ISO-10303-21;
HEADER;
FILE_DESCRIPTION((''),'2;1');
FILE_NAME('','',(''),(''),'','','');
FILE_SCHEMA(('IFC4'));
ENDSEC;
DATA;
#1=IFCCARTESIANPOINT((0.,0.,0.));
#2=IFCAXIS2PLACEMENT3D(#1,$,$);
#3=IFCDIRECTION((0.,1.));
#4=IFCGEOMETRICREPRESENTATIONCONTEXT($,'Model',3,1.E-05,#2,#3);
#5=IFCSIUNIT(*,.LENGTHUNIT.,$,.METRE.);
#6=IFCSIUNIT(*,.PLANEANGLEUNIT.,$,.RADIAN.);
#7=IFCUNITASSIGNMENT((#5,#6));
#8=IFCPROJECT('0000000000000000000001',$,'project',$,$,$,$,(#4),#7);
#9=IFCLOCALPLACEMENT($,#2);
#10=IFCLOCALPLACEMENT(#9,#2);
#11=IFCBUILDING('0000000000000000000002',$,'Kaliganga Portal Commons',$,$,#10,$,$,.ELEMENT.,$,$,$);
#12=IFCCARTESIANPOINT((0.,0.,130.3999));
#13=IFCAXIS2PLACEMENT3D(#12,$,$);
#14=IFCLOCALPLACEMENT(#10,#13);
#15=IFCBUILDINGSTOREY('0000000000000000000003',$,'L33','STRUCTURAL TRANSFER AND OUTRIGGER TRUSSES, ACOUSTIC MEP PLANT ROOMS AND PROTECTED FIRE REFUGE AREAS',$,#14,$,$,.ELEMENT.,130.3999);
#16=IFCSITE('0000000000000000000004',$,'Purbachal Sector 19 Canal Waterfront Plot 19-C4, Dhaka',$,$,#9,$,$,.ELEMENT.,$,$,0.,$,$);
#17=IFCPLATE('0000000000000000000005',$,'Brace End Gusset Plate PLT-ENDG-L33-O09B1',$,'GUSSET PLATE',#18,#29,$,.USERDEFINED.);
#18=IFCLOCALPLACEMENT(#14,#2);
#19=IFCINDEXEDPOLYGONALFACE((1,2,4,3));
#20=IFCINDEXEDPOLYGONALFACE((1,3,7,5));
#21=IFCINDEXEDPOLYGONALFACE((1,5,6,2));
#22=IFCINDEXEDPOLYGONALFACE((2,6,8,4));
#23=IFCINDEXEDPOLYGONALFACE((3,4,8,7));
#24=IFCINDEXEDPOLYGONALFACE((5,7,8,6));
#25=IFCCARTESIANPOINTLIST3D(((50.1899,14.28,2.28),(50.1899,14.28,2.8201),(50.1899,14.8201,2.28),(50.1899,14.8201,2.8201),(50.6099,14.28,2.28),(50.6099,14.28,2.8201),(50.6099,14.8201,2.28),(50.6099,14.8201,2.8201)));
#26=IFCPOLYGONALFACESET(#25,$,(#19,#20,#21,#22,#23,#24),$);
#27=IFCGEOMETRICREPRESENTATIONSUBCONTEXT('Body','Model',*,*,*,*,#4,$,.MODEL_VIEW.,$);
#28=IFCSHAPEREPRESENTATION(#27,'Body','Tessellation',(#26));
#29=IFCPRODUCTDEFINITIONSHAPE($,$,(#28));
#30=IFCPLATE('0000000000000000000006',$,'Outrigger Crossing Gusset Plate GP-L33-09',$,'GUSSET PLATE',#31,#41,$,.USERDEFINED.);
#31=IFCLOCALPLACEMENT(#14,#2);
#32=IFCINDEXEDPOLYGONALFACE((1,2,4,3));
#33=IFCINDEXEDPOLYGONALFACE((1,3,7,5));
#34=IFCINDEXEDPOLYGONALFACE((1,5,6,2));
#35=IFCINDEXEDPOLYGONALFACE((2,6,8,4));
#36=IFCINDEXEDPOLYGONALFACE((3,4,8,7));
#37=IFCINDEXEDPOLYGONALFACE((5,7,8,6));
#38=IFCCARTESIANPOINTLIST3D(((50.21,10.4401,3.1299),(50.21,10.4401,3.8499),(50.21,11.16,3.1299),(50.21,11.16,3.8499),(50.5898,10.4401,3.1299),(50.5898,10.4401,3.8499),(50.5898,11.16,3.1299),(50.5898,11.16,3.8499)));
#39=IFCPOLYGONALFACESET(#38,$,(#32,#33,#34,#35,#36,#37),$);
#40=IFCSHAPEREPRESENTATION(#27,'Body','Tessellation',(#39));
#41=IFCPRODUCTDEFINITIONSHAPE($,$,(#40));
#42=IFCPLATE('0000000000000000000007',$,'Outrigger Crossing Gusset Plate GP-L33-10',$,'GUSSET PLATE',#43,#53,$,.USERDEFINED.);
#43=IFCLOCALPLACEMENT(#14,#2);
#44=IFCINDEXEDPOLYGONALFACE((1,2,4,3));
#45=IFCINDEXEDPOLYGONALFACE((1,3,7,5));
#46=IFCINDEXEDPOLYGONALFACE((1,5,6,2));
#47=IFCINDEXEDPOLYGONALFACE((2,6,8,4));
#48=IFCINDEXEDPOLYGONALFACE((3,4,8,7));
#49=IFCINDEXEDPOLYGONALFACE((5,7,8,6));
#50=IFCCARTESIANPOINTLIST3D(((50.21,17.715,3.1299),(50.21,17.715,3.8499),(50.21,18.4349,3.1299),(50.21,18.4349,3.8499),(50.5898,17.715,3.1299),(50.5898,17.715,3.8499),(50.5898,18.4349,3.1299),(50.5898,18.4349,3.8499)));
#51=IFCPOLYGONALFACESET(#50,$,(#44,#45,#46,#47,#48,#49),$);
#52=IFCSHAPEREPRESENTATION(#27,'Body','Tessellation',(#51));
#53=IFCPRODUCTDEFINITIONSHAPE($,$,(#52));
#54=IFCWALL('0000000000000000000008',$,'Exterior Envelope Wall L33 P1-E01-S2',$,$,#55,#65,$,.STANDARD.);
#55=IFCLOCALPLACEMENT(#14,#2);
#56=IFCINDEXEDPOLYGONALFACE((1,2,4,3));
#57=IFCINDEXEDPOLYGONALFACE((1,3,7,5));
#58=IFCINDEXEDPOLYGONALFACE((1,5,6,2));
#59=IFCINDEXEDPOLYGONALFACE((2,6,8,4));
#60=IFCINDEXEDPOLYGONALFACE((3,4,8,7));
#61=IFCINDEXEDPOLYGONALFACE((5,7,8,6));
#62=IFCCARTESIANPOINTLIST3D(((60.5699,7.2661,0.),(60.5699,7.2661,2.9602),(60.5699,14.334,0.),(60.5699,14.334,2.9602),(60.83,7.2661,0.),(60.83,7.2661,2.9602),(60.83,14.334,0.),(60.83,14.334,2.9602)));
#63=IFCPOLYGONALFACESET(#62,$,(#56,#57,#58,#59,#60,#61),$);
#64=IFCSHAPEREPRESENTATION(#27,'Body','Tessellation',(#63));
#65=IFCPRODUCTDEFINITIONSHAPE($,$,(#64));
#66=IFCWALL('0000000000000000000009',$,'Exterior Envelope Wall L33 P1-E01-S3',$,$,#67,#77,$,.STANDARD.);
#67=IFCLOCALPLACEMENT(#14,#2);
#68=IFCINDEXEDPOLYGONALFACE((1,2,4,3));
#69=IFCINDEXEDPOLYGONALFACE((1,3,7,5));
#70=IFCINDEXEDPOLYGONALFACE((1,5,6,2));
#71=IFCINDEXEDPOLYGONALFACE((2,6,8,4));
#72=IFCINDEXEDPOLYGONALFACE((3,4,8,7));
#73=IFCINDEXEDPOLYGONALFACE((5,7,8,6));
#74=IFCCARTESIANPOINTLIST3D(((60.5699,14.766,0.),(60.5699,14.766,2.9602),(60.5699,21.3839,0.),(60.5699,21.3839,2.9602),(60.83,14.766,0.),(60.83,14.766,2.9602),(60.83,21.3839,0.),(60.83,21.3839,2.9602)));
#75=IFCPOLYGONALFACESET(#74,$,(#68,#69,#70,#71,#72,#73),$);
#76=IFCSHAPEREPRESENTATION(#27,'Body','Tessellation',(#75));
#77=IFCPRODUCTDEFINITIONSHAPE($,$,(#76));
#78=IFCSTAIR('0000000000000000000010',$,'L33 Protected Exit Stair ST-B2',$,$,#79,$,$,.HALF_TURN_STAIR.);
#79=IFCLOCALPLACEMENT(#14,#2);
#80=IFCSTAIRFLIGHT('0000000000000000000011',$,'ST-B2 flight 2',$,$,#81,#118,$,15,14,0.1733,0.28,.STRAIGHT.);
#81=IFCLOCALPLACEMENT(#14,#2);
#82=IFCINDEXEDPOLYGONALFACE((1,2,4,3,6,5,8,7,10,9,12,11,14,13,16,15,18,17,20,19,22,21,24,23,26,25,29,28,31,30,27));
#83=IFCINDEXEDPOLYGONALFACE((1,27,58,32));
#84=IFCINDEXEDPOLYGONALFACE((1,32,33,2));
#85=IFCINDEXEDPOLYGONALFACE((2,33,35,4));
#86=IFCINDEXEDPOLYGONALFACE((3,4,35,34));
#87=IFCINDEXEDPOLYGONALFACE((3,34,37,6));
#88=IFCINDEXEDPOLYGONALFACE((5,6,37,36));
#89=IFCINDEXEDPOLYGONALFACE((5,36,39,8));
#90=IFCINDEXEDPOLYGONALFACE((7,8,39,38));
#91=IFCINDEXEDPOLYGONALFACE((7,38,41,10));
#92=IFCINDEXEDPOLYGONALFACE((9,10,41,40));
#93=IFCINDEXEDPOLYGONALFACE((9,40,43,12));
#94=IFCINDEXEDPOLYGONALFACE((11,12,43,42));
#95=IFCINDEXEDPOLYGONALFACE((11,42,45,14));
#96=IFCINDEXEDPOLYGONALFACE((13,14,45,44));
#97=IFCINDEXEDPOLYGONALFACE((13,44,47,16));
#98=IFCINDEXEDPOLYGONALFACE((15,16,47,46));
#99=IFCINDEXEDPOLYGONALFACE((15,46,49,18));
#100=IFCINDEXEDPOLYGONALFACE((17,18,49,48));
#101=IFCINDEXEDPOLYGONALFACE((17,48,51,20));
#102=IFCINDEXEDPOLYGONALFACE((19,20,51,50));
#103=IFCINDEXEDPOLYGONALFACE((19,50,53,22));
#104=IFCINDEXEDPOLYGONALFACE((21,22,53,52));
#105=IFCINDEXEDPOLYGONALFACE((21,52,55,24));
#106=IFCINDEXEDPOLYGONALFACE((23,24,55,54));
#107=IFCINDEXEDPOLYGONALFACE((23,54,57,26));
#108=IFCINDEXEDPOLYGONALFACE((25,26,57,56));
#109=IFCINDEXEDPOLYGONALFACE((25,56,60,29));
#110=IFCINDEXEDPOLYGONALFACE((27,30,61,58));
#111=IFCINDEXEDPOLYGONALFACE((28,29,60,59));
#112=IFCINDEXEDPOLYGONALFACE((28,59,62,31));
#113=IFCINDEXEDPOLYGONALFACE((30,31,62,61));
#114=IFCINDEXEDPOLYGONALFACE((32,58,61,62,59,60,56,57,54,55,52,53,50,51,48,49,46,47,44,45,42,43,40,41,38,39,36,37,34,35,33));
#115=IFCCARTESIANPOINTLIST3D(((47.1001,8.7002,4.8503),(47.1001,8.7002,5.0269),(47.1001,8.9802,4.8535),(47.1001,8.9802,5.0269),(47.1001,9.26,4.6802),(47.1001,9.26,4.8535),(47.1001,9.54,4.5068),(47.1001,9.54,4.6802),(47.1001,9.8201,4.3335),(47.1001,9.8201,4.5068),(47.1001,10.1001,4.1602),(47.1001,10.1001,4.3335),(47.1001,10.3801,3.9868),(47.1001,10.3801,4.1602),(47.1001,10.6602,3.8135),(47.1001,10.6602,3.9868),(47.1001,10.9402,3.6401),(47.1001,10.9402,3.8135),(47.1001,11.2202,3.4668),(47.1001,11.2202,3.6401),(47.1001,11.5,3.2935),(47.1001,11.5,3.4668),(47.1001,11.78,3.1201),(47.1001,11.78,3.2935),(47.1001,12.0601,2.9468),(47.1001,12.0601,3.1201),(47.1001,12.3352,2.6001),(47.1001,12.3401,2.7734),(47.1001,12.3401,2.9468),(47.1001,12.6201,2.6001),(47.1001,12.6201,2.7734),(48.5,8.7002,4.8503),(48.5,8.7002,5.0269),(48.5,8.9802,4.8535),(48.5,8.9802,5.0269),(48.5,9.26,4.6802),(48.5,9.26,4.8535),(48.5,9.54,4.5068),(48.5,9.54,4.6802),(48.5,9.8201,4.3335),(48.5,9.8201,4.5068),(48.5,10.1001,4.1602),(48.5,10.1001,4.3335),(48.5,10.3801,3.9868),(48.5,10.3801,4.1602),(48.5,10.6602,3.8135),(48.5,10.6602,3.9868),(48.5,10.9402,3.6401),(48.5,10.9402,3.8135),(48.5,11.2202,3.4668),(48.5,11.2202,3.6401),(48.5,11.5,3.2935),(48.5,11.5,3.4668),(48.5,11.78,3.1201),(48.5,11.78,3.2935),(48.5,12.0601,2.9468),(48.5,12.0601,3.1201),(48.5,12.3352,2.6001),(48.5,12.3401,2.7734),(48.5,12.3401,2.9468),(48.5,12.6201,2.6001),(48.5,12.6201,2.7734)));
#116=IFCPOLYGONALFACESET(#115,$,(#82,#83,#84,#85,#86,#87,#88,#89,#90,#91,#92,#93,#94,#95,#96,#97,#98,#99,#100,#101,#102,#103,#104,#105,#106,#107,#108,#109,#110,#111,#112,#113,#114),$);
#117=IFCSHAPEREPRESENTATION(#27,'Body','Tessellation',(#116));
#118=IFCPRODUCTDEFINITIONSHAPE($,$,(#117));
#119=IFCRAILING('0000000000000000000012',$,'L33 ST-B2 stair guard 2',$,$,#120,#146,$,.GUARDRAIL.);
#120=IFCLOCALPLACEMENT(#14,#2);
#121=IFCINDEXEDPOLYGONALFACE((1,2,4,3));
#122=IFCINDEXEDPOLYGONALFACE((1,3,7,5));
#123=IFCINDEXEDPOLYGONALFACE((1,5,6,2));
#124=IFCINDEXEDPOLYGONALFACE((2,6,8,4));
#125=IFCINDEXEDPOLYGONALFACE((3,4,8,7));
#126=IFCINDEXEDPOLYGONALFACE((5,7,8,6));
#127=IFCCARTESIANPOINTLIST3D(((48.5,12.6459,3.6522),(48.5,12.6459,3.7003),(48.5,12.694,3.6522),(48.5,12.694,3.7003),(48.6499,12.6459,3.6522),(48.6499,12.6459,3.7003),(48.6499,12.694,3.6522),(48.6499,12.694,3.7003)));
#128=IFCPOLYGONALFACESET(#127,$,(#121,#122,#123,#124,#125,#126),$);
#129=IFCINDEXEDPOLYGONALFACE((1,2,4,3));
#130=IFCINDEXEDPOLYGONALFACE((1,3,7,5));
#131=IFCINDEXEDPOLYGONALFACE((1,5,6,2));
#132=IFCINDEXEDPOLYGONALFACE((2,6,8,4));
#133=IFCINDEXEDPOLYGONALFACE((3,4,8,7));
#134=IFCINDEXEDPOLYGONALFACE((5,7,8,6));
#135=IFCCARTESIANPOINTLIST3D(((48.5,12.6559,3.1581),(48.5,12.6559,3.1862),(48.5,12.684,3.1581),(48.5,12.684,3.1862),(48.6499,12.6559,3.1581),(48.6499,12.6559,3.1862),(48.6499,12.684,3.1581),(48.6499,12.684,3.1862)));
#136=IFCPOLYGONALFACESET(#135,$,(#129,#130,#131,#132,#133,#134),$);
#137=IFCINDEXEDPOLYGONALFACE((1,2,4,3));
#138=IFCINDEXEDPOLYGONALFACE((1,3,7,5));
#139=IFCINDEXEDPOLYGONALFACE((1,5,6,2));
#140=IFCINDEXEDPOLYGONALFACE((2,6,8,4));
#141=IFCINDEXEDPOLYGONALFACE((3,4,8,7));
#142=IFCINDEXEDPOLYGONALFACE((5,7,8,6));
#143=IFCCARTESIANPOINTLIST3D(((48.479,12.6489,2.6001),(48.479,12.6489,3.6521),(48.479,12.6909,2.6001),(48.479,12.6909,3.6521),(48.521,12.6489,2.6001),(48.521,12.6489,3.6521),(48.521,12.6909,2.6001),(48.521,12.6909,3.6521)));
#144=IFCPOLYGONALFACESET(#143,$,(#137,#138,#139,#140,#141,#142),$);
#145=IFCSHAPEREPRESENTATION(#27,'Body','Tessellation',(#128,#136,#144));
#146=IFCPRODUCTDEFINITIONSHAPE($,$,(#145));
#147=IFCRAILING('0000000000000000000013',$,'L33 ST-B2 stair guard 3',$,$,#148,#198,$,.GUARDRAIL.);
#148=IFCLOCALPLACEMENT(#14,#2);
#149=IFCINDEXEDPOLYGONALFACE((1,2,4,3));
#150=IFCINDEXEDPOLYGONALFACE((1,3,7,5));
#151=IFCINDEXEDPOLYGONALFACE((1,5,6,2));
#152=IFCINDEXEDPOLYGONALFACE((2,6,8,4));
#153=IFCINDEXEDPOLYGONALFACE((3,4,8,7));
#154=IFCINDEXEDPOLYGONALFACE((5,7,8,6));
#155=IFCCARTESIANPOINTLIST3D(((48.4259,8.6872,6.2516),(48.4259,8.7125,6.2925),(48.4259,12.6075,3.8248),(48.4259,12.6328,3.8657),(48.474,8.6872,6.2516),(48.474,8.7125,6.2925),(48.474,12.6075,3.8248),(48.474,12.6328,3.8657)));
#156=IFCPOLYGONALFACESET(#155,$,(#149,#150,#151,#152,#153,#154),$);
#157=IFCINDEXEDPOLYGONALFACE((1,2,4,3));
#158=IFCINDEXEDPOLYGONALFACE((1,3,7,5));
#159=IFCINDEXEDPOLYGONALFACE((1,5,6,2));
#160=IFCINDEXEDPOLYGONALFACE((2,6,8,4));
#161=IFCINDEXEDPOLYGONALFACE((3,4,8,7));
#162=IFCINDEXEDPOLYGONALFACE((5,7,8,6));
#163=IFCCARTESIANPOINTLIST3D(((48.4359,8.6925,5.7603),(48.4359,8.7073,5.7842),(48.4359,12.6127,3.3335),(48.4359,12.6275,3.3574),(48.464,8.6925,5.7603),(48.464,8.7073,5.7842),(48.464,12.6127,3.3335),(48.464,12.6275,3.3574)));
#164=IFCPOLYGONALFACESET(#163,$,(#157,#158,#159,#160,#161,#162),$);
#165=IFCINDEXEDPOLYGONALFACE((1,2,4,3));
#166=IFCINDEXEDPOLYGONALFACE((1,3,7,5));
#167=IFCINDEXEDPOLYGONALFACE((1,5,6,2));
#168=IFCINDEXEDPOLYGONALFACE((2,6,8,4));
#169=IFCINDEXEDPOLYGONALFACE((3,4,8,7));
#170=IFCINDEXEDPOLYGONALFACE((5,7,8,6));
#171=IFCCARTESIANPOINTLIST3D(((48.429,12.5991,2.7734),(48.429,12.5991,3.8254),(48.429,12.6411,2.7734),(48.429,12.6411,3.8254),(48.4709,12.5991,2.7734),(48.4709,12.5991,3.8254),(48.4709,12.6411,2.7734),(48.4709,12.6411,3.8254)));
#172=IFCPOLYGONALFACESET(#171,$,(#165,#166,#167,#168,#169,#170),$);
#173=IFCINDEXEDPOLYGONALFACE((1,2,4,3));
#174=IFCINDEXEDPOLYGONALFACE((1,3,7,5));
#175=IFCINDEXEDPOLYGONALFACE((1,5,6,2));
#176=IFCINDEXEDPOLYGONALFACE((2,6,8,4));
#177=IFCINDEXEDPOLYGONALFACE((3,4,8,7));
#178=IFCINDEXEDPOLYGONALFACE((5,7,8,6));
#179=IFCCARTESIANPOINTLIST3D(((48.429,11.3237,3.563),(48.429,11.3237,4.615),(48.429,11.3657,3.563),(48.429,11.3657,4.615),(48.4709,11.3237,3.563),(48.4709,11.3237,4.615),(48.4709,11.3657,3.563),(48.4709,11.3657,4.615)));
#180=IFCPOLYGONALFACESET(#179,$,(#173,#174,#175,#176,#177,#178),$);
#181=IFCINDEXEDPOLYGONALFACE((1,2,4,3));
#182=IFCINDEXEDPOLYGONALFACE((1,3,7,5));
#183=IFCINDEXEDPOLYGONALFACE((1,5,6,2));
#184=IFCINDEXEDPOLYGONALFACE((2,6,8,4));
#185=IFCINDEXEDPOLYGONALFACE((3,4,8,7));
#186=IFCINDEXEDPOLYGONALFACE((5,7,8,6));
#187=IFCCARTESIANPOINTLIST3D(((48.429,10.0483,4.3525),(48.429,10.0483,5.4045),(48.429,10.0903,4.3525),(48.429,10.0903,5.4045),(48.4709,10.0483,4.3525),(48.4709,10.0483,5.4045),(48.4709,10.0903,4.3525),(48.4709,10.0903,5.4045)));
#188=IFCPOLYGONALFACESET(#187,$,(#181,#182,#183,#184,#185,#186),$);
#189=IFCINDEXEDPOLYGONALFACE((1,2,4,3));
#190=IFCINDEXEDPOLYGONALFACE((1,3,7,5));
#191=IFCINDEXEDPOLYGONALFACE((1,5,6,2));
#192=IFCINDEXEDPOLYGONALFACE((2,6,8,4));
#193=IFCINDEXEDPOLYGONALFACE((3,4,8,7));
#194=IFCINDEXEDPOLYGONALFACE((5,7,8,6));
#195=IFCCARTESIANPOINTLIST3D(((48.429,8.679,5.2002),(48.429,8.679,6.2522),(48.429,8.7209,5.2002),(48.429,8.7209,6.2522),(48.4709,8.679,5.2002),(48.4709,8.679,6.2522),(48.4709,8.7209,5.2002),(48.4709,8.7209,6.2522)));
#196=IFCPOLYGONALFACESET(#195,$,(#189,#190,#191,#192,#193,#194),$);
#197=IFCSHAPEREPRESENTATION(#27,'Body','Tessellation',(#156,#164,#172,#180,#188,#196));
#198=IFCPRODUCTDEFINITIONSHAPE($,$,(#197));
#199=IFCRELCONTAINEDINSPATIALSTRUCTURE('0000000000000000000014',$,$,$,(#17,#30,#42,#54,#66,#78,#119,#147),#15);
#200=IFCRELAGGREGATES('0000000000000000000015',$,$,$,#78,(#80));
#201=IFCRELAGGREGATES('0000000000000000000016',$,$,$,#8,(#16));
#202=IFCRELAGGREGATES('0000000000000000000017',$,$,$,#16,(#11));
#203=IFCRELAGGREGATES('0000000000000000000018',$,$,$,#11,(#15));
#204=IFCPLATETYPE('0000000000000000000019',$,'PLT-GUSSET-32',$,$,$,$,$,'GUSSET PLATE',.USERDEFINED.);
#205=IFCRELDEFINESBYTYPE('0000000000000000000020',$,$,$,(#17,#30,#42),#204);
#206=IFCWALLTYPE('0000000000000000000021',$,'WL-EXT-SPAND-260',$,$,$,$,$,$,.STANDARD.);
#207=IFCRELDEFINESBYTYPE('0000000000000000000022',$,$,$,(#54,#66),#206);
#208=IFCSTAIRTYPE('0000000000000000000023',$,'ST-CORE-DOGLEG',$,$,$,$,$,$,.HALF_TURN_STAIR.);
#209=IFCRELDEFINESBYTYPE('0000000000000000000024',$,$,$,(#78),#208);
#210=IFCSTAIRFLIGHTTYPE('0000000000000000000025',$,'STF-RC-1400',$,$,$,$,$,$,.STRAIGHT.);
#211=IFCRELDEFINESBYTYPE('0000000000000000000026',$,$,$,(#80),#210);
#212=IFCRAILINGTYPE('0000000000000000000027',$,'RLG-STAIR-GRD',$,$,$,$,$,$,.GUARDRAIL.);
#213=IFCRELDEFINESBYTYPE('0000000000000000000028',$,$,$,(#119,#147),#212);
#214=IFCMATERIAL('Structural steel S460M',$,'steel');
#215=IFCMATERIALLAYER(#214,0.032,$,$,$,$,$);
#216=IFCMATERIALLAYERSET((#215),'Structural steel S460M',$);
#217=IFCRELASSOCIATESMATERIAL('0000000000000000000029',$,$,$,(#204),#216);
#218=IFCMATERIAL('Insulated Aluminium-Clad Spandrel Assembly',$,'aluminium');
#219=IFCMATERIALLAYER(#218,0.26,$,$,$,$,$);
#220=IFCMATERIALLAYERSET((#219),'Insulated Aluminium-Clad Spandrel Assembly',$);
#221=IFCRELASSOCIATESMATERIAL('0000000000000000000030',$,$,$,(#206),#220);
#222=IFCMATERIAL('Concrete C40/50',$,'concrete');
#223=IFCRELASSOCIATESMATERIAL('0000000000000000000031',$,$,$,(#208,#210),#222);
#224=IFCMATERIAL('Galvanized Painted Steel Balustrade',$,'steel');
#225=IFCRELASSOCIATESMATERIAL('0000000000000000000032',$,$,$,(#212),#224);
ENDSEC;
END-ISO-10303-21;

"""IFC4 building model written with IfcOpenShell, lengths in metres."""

from ifc_helpers import new_model, si_unit, direction, frame, frame_2d, origin, origin_2d, place, context, subcontext, project, spatial, polyline, rectangle, outline, extrude, source, transform, mapped, material, layer, layer_set, type_object, element, aggregate, save


model = new_model("IFC4")

# Units and contexts
model_context = context("Model", 3, precision=1e-05, world=origin(), true_north=direction((0.0, 1.0)))
body_context = subcontext(model_context, "Body", "Model", "MODEL_VIEW")
ifc_project = project(units=[si_unit("LENGTHUNIT", "METRE"), si_unit("PLANEANGLEUNIT", "RADIAN")], contexts=[model_context])

# Site, building, storey
site_placement = place(None, origin())
site = spatial("IfcSite", under=ifc_project, at=site_placement, Name="Purbachal Sector 19 Canal Waterfront Plot 19-C4, Dhaka", CompositionType="ELEMENT", RefElevation=0.0)
building_placement = place(site_placement, origin())
building = spatial("IfcBuilding", under=site, at=building_placement, Name="Kaliganga Portal Commons", CompositionType="ELEMENT")
storey_placement = place(building_placement, frame((0.0, 0.0, 130.3999)))
storey = spatial("IfcBuildingStorey", under=building, at=storey_placement, Name="L33", Description="STRUCTURAL TRANSFER AND OUTRIGGER TRUSSES, ACOUSTIC MEP PLANT ROOMS AND PROTECTED FIRE REFUGE AREAS", CompositionType="ELEMENT", Elevation=130.3999)

# Shared definitions
ifc_material_1 = material(Name="Structural steel S460M", Category="steel")

# Plates
ifc_layer_1 = layer(ifc_material_1, 0.032)
ifc_layer_set_1 = layer_set([ifc_layer_1], Name="Structural steel S460M")
plate_type = type_object("IfcPlateType", Name="PLT-GUSSET-32", ElementType="GUSSET PLATE", PredefinedType="USERDEFINED", material=ifc_layer_set_1)
shared_shape_1 = source(origin(), body_context, "Body", "SweptSolid", [
    extrude(rectangle(XDim=0.54, YDim=0.4199, at=origin_2d()), origin(), (0.0, 0.0, 1.0), 0.54),
])
for number, where, z_axis, x_axis, name in (
    (1, (50.3999, 14.55, 2.28), (0.0, 0.0, 1.0), (0.0, 1.0, 0.0), "Brace End Gusset Plate PLT-ENDG-L33-O09B1"),
):
    element("IfcPlate", number, at=place(storey_placement, frame(where, z_axis=z_axis, x_axis=x_axis)), inside=storey, type_object=plate_type, Name=name, ObjectType="GUSSET PLATE", PredefinedType="USERDEFINED", context=body_context, shape_type="MappedRepresentation", body=[
        mapped(shared_shape_1, transform((0.0, 0.0, 0.0), x_axis=(1.0, 0.0, 0.0), y_axis=(0.0, 1.0, 0.0), z_axis=(0.0, 0.0, 1.0), scale=1.0)),
    ])
shared_shape_2 = source(origin(), body_context, "Body", "SweptSolid", [
    extrude(rectangle(XDim=0.72, YDim=0.3799, at=origin_2d()), origin(), (0.0, 0.0, 1.0), 0.72),
])
for number, where, z_axis, x_axis, name in (
    (2, (50.3999, 10.8, 3.1299), (0.0, 0.0, 1.0), (0.0, 1.0, 0.0), "Outrigger Crossing Gusset Plate GP-L33-09"),
    (3, (50.3999, 18.075, 3.1299), (0.0, 0.0, 1.0), (0.0, 1.0, 0.0), "Outrigger Crossing Gusset Plate GP-L33-10"),
):
    element("IfcPlate", number, at=place(storey_placement, frame(where, z_axis=z_axis, x_axis=x_axis)), inside=storey, type_object=plate_type, Name=name, ObjectType="GUSSET PLATE", PredefinedType="USERDEFINED", context=body_context, shape_type="MappedRepresentation", body=[
        mapped(shared_shape_2, transform((0.0, 0.0, 0.0), x_axis=(1.0, 0.0, 0.0), y_axis=(0.0, 1.0, 0.0), z_axis=(0.0, 0.0, 1.0), scale=1.0)),
    ])

# Walls
ifc_material_2 = material(Name="Insulated Aluminium-Clad Spandrel Assembly", Category="aluminium")
ifc_layer_2 = layer(ifc_material_2, 0.26)
ifc_layer_set_2 = layer_set([ifc_layer_2], Name="Insulated Aluminium-Clad Spandrel Assembly")
wall_type = type_object("IfcWallType", Name="WL-EXT-SPAND-260", PredefinedType="STANDARD", material=ifc_layer_set_2)
wall_1_placement = place(storey_placement, frame((60.7, 14.334, 0.0), z_axis=(0.0, 0.0, 1.0), x_axis=(0.0, -1.0, 0.0)))
element("IfcWall", 4, at=wall_1_placement, inside=storey, type_object=wall_type, Name="Exterior Envelope Wall L33 P1-E01-S2", PredefinedType="STANDARD", context=body_context, shape_type="SweptSolid", body=[
    extrude(rectangle(XDim=7.0679, YDim=0.26, at=frame_2d((3.5339, 0.0))), origin(), (0.0, 0.0, 1.0), 2.9602),
])
wall_2_placement = place(storey_placement, frame((60.7, 21.384, 0.0), z_axis=(0.0, 0.0, 1.0), x_axis=(0.0, -1.0, 0.0)))
element("IfcWall", 5, at=wall_2_placement, inside=storey, type_object=wall_type, Name="Exterior Envelope Wall L33 P1-E01-S3", PredefinedType="STANDARD", context=body_context, shape_type="SweptSolid", body=[
    extrude(rectangle(XDim=6.6179, YDim=0.26, at=frame_2d((3.3091, 0.0))), origin(), (0.0, 0.0, 1.0), 2.9602),
])

# Stair, stair flight
ifc_material_3 = material(Name="Concrete C40/50", Category="concrete")
stair_type = type_object("IfcStairType", Name="ST-CORE-DOGLEG", PredefinedType="HALF_TURN_STAIR", material=ifc_material_3)
stair_placement = place(storey_placement, origin())
stair = element("IfcStair", 6, at=stair_placement, inside=storey, type_object=stair_type, Name="L33 Protected Exit Stair ST-B2", PredefinedType="HALF_TURN_STAIR")
stair_flight_type = type_object("IfcStairFlightType", Name="STF-RC-1400", PredefinedType="STRAIGHT", material=ifc_material_3)
stair_flight_placement = place(storey_placement, frame((47.8, 12.6201, 2.6001), z_axis=(0.0, 0.0, 1.0), x_axis=(0.0, -1.0, 0.0)))
stair_flight = element("IfcStairFlight", 7, at=stair_flight_placement, type_object=stair_flight_type, Name="ST-B2 flight 2", NumberOfRisers=15, NumberOfTreads=14, PredefinedType="STRAIGHT", RiserHeight=0.1733, TreadLength=0.28, context=body_context, shape_type="SweptSolid", body=[
    extrude(outline(polyline([(0.0, 0.0), (0.0, 0.1733), (0.28, 0.1733), (0.28, 0.3467), (0.5601, 0.3467), (0.5601, 0.52), (0.8401, 0.52), (0.8401, 0.6934), (1.1201, 0.6934), (1.1201, 0.8667), (1.3999, 0.8667), (1.3999, 1.04), (1.6799, 1.04), (1.6799, 1.2134), (1.96, 1.2134), (1.96, 1.3867), (2.24, 1.3867), (2.24, 1.5601), (2.52, 1.5601), (2.52, 1.7334), (2.8, 1.7334), (2.8, 1.9067), (3.0801, 1.9067), (3.0801, 2.0801), (3.3601, 2.0801), (3.3601, 2.2534), (3.6399, 2.2534), (3.6399, 2.4268), (3.9199, 2.4268), (3.9199, 2.6001), (3.9199, 2.2502), (0.2849, 0.0), (0.0, 0.0)])), frame((0.0, 0.7, 0.0), z_axis=(0.0, -1.0, 0.0), x_axis=(1.0, 0.0, 0.0)), (0.0, 0.0, 1.0), 1.3999),
])
aggregate(stair, [stair_flight])

# Railings
ifc_material_4 = material(Name="Galvanized Painted Steel Balustrade", Category="steel")
railing_type_1 = type_object("IfcRailingType", Name="RLG-STAIR-GRD", PredefinedType="GUARDRAIL", material=ifc_material_4)
railing_1_placement = place(storey_placement, frame((48.6499, 12.6699, 2.6001)))
element("IfcRailing", 8, at=railing_1_placement, inside=storey, type_object=railing_type_1, Name="L33 ST-B2 stair guard 2", PredefinedType="GUARDRAIL", context=body_context, shape_type="SweptSolid", body=[
    extrude(rectangle(XDim=0.0481, YDim=0.0481, at=origin_2d()), frame((0.0, 0.0, 1.0762), z_axis=(-1.0, 0.0, 0.0), x_axis=(0.0, -1.0, 0.0)), (0.0, 0.0, 1.0), 0.1499),
    extrude(rectangle(XDim=0.0281, YDim=0.0281, at=origin_2d()), frame((0.0, 0.0, 0.572), z_axis=(-1.0, 0.0, 0.0), x_axis=(0.0, -1.0, 0.0)), (0.0, 0.0, 1.0), 0.1499),
    extrude(rectangle(XDim=0.042, YDim=0.042, at=origin_2d()), frame((-0.1499, 0.0, 0.0)), (0.0, 0.0, 1.0), 1.052),
])
railing_2_placement = place(storey_placement, frame((48.45, 12.6201, 2.7734)))
element("IfcRailing", 9, at=railing_2_placement, inside=storey, type_object=railing_type_1, Name="L33 ST-B2 stair guard 3", PredefinedType="GUARDRAIL", context=body_context, shape_type="SweptSolid", body=[
    extrude(rectangle(XDim=0.0481, YDim=0.0481, at=origin_2d()), frame((0.0, 0.0, 1.0718), z_axis=(0.0, -0.850266, 0.526353), x_axis=(1.0, 0.0, 0.0)), (0.0, 0.0, 1.0), 4.6106),
    extrude(rectangle(XDim=0.0281, YDim=0.0281, at=origin_2d()), frame((0.0, 0.0, 0.572), z_axis=(0.0, -0.850266, 0.526353), x_axis=(1.0, 0.0, 0.0)), (0.0, 0.0, 1.0), 4.6106),
    extrude(rectangle(XDim=0.042, YDim=0.042, at=origin_2d()), origin(), (0.0, 0.0, 1.0), 1.052),
    extrude(rectangle(XDim=0.042, YDim=0.042, at=origin_2d()), frame((0.0, -1.2754, 0.7896)), (0.0, 0.0, 1.0), 1.052),
    extrude(rectangle(XDim=0.042, YDim=0.042, at=origin_2d()), frame((0.0, -2.5508, 1.5791)), (0.0, 0.0, 1.0), 1.052),
    extrude(rectangle(XDim=0.042, YDim=0.042, at=origin_2d()), frame((0.0, -3.9202, 2.4268)), (0.0, 0.0, 1.0), 1.052),
])

save(model, "model.ifc")
